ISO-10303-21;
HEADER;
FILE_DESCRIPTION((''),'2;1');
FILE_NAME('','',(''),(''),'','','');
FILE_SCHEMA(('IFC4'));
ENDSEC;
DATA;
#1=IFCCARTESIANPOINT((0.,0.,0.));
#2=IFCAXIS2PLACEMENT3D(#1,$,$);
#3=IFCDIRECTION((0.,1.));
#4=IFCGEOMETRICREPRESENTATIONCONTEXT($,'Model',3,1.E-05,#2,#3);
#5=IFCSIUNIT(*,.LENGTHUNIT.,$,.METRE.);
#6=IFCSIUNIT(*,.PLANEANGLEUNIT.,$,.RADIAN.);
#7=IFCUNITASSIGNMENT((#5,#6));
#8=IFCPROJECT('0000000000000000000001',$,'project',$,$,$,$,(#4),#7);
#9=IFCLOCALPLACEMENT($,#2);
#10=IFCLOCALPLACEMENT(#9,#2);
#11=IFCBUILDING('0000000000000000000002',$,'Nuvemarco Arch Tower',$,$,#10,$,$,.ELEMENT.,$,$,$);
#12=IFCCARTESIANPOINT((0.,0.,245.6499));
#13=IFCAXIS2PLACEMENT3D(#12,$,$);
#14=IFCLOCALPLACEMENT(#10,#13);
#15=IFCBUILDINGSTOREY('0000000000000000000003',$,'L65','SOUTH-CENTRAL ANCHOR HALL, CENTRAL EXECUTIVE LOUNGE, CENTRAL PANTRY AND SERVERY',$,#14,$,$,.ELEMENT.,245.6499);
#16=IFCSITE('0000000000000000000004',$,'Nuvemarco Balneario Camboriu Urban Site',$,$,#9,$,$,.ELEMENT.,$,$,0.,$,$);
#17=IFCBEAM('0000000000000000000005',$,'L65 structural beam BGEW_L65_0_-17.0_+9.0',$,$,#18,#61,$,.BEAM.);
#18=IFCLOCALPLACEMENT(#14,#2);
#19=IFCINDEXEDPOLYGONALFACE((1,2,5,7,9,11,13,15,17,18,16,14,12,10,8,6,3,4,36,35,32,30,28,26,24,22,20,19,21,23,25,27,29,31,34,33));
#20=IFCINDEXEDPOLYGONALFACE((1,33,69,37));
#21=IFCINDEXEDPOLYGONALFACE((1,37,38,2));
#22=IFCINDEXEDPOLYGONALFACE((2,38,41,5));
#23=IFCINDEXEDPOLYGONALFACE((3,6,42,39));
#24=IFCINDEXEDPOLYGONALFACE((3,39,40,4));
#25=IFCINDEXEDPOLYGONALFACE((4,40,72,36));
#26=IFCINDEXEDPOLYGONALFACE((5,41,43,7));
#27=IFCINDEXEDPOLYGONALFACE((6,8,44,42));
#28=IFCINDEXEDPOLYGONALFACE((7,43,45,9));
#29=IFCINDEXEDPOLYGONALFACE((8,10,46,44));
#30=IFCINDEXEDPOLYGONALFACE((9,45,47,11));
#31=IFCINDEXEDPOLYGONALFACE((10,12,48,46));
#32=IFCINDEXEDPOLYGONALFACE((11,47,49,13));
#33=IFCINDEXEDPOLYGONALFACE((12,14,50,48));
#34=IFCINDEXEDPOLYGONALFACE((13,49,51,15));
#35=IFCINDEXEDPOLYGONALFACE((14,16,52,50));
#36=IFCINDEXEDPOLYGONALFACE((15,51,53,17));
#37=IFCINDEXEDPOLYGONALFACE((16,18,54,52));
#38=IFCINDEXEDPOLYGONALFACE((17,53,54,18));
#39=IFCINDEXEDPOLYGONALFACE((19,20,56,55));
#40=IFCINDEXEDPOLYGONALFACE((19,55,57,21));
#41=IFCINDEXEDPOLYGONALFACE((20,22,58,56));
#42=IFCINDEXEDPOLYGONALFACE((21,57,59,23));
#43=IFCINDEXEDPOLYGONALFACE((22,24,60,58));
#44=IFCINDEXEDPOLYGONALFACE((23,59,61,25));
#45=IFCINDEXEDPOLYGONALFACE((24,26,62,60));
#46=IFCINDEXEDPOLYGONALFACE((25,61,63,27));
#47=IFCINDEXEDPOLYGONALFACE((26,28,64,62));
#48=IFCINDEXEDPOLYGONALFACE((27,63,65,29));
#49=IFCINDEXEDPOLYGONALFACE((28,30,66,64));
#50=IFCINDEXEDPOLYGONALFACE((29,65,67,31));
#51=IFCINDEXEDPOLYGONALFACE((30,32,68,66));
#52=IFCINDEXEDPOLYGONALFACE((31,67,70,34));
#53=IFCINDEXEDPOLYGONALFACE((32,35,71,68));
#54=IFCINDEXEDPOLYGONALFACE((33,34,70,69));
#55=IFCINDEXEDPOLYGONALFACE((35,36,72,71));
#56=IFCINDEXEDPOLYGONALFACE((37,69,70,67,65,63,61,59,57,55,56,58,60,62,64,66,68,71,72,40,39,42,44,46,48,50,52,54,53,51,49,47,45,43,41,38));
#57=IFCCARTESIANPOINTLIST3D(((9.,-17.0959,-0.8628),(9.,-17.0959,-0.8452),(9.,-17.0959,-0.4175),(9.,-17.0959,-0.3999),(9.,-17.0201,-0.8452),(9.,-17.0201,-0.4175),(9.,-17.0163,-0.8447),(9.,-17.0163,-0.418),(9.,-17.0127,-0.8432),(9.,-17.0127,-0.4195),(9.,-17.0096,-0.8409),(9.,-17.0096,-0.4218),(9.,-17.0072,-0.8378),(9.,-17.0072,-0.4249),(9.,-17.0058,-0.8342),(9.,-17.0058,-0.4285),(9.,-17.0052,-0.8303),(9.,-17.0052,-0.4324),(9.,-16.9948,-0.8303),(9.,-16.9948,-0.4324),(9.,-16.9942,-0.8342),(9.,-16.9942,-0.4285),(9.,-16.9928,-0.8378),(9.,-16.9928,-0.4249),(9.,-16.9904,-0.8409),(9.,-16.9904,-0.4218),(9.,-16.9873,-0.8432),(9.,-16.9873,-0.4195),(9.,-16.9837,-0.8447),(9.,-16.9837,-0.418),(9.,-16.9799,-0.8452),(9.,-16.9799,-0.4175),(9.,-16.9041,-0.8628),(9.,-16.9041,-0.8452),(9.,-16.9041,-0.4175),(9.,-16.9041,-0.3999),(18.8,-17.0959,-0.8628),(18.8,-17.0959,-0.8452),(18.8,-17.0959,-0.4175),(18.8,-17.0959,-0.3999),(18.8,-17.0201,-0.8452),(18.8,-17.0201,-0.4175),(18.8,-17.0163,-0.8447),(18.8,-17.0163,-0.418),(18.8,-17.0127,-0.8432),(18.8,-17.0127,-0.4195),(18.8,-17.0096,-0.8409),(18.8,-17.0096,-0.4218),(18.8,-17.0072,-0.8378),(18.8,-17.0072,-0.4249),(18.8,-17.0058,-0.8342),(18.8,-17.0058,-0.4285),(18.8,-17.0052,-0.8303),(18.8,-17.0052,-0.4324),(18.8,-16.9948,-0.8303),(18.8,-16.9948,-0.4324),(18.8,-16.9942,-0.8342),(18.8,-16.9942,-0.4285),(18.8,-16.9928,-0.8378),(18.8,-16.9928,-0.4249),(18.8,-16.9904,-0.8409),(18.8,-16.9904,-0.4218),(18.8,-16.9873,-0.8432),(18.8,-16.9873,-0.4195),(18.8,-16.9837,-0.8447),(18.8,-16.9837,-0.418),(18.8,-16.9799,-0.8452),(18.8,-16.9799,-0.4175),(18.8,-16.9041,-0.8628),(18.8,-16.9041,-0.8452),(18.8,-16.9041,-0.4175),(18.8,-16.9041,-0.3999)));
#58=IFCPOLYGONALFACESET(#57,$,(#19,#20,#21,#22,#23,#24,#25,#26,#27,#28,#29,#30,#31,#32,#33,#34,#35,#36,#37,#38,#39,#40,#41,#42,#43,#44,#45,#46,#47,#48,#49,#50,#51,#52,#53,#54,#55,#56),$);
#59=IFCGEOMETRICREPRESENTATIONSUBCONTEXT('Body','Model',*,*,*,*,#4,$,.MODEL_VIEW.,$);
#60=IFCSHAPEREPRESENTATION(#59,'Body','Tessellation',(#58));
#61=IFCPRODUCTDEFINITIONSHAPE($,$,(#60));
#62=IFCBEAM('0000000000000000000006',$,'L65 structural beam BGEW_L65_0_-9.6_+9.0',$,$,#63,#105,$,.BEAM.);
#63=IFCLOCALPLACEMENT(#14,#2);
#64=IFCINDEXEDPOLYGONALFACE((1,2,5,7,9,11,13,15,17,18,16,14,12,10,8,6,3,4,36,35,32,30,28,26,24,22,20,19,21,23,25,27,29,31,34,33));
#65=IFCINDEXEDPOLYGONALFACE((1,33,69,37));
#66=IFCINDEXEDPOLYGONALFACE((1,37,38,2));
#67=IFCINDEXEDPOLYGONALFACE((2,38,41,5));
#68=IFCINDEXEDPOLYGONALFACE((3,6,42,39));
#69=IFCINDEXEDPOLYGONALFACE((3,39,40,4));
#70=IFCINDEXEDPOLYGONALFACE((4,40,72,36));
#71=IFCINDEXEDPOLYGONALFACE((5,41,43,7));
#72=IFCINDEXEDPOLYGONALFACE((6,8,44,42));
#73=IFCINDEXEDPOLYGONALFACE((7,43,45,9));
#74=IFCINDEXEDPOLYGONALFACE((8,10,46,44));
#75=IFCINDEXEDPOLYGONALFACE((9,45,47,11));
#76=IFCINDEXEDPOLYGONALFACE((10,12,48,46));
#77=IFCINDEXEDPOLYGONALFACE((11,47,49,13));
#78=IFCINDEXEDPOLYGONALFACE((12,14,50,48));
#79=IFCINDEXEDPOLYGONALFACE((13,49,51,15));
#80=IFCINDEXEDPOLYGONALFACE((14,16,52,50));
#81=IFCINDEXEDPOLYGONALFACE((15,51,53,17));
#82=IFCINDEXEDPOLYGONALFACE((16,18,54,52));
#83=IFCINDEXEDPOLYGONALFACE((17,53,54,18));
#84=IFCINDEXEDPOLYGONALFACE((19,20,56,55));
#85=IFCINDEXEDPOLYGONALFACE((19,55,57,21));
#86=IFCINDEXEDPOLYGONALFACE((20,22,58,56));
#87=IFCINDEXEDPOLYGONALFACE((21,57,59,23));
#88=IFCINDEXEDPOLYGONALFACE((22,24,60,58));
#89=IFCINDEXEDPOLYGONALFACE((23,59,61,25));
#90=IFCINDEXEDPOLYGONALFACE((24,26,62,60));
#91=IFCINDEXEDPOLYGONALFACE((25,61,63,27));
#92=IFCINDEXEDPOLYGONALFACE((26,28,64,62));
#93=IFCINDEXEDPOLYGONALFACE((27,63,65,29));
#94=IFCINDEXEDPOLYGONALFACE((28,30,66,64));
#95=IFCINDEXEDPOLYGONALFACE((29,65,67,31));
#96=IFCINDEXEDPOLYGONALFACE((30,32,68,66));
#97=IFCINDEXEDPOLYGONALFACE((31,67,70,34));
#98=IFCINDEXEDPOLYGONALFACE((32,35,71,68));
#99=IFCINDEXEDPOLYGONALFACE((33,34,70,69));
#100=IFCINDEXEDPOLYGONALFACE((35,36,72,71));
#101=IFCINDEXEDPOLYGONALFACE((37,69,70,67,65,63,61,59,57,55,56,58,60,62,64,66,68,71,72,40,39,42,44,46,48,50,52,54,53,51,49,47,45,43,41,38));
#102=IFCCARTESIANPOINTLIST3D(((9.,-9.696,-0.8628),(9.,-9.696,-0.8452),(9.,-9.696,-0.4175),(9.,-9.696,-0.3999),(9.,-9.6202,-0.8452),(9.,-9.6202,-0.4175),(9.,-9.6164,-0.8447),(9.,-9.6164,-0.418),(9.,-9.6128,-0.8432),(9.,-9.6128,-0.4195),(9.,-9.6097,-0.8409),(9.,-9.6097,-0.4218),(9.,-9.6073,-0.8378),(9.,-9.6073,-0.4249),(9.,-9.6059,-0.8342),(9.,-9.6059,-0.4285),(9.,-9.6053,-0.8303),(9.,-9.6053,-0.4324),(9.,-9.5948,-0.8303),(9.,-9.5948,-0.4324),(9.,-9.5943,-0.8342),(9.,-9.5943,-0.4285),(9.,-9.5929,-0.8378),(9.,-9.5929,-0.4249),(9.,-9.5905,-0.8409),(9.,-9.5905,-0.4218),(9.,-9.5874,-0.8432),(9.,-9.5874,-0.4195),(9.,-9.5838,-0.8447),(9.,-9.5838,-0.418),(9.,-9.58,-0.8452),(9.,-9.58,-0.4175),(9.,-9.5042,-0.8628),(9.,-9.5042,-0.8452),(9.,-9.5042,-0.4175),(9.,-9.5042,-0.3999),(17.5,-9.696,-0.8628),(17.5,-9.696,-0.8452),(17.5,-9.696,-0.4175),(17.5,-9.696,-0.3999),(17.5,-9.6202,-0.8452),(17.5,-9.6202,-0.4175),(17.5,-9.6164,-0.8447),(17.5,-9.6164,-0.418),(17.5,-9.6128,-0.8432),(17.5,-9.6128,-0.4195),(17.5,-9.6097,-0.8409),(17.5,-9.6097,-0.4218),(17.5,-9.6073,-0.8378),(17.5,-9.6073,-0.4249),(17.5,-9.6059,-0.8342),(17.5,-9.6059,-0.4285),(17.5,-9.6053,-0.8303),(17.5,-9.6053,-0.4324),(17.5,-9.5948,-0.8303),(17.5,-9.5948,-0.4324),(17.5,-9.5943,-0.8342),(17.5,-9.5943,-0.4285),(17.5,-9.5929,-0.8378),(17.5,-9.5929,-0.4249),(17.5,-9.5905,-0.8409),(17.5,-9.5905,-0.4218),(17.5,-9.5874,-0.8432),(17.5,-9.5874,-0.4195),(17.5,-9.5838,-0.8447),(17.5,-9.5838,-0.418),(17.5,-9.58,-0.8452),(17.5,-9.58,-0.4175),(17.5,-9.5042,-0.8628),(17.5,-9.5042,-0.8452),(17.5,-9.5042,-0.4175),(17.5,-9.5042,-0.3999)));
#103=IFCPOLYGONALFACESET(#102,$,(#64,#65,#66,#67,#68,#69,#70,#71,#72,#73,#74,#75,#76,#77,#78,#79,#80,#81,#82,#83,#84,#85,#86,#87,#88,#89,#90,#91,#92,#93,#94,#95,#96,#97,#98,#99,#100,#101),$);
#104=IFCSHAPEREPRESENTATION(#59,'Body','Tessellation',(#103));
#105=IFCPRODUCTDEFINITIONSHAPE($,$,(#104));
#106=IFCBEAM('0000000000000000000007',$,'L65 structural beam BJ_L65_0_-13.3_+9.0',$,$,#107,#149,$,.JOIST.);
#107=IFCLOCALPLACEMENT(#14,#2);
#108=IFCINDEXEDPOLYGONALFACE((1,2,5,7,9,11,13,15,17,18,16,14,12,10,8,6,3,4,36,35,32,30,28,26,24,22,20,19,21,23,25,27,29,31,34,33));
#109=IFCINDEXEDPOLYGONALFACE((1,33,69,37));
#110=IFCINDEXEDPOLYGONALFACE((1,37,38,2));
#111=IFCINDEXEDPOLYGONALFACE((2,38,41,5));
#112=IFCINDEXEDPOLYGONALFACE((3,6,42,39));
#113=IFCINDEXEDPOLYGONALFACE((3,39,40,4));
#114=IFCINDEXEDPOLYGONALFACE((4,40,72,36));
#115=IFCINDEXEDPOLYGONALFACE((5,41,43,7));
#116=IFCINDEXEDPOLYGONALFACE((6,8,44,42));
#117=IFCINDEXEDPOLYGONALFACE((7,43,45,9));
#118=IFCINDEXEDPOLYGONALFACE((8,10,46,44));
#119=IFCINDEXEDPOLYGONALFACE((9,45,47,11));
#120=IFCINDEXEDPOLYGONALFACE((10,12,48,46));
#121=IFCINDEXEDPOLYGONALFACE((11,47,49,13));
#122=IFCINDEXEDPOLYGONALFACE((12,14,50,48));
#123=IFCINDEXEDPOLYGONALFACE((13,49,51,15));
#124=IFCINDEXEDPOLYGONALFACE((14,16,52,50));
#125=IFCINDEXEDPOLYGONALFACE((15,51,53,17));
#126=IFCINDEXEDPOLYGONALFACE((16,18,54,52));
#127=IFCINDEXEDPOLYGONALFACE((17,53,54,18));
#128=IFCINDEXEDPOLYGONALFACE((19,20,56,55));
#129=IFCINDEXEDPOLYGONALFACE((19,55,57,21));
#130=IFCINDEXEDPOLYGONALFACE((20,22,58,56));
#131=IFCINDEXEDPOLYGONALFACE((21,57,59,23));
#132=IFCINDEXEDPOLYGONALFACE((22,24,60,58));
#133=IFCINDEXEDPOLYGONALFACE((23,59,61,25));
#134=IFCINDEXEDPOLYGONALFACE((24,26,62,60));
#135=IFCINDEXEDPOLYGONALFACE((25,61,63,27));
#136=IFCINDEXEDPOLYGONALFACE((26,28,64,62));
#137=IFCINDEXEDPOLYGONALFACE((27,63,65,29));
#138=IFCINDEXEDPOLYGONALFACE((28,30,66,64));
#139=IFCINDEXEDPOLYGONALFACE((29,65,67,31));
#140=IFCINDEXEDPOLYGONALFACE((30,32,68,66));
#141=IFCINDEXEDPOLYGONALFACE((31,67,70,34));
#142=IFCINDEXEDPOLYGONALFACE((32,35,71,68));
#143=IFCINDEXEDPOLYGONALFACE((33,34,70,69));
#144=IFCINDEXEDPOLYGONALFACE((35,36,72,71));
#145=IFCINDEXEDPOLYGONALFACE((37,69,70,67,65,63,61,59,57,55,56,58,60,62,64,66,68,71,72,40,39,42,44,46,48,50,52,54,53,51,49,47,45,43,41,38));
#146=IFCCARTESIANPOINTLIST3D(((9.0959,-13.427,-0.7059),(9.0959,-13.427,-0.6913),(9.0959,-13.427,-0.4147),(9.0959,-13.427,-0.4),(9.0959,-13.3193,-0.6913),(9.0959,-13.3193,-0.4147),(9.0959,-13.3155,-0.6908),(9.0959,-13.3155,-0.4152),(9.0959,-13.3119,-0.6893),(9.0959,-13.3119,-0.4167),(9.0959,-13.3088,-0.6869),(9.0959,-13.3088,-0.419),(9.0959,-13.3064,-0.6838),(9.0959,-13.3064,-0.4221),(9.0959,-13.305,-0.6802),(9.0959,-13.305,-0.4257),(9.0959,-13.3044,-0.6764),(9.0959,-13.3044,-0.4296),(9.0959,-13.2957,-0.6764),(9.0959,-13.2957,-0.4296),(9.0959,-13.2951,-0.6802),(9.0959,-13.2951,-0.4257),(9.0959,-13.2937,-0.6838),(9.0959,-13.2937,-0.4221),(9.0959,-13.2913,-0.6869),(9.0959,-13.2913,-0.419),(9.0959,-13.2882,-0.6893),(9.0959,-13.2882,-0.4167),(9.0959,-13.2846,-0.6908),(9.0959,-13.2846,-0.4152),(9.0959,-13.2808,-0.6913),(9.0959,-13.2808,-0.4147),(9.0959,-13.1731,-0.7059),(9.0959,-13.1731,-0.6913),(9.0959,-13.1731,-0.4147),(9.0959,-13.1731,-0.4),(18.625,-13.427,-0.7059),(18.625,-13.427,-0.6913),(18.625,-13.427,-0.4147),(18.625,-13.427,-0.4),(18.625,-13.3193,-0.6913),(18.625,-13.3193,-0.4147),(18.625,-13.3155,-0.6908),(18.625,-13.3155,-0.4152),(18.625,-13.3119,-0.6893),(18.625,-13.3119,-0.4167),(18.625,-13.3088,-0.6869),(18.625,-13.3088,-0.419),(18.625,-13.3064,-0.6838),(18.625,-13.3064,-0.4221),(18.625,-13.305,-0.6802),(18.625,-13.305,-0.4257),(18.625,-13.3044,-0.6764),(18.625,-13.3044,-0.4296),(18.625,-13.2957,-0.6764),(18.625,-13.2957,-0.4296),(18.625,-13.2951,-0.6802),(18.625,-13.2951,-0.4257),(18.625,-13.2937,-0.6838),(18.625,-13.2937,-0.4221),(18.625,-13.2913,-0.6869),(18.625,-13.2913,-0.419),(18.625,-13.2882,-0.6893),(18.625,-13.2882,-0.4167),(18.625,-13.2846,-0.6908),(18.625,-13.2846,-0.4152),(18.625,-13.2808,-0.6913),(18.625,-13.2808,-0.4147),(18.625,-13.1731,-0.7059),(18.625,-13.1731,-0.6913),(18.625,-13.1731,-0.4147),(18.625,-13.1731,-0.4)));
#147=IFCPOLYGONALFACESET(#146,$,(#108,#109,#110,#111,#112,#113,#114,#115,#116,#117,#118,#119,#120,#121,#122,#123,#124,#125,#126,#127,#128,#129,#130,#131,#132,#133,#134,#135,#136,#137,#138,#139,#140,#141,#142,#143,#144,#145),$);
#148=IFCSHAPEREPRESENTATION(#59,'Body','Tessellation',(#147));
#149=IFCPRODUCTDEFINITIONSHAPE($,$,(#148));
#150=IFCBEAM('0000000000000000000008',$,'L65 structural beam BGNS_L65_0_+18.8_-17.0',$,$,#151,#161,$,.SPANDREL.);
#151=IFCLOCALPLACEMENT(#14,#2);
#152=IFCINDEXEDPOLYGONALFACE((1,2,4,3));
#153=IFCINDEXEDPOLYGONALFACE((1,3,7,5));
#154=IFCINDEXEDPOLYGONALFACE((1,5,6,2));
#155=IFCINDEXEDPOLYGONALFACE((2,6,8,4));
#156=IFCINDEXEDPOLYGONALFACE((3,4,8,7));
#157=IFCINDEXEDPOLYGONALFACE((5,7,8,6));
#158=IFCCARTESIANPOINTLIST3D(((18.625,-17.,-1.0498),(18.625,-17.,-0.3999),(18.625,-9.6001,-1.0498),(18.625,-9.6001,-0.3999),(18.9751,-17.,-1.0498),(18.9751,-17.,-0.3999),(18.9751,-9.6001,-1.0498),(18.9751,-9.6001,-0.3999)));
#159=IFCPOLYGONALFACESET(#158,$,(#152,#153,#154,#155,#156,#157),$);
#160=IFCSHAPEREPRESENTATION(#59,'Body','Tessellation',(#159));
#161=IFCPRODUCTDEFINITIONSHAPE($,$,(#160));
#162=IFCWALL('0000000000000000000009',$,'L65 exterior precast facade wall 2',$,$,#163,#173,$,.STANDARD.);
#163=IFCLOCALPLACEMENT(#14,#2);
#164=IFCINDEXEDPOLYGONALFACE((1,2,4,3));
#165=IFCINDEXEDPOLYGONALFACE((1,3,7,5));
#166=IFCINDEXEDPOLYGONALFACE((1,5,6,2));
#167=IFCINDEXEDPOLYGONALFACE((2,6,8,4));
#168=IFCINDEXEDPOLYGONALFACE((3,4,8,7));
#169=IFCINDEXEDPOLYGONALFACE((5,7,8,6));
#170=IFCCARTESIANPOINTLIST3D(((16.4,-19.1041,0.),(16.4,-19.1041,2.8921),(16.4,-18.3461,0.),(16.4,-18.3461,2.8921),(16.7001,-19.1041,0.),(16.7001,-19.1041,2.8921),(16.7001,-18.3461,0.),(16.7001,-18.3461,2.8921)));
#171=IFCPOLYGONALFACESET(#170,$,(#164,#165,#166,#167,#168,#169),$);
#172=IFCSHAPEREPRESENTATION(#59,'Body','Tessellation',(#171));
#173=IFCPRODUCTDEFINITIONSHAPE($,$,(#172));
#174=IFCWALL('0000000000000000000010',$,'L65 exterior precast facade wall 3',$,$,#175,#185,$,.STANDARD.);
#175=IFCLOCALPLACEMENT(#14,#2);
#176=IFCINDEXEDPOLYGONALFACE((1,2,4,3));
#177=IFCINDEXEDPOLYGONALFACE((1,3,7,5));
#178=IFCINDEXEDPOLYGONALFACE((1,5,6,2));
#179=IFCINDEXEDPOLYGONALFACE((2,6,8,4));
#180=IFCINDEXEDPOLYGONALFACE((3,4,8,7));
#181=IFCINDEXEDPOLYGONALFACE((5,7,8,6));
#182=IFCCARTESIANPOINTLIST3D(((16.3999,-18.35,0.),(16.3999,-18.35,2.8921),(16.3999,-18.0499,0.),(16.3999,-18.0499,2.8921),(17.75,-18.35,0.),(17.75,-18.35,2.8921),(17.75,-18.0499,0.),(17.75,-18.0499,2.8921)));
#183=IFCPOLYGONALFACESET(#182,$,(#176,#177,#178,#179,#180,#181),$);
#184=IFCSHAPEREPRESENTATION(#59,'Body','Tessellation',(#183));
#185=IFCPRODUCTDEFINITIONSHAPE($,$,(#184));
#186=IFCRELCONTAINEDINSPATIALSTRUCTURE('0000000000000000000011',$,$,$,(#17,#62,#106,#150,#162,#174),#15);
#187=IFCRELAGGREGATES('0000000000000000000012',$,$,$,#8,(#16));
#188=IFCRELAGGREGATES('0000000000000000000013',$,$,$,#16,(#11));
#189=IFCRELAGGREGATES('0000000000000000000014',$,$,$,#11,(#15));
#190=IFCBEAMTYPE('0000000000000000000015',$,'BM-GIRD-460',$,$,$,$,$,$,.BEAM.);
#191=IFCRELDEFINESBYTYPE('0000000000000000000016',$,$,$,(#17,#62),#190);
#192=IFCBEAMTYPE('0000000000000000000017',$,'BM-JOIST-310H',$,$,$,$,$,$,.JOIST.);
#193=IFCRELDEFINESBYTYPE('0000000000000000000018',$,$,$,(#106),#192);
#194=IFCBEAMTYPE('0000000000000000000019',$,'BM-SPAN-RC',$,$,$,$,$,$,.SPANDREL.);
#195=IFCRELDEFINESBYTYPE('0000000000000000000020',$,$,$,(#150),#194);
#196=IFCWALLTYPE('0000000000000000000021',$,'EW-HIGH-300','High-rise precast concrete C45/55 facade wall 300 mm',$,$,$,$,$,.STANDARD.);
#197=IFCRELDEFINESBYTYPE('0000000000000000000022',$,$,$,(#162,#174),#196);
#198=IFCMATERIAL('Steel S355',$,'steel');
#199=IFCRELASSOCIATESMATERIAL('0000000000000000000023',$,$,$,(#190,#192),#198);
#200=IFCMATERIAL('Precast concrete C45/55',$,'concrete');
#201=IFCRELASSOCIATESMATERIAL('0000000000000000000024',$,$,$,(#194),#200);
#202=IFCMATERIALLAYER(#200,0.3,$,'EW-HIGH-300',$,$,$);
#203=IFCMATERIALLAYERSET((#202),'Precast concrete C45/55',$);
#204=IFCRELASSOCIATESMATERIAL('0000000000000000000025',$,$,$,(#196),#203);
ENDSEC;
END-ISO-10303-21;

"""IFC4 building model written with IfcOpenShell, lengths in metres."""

from ifc_helpers import new_model, si_unit, direction, frame, frame_2d, origin, origin_2d, place, context, subcontext, project, spatial, rectangle, i_section, extrude, material, layer, layer_set, material_profile, profile_set, type_object, element, save


model = new_model("IFC4")

# Units and contexts
model_context = context("Model", 3, precision=1e-05, world=origin(), true_north=direction((0.0, 1.0)))
body_context = subcontext(model_context, "Body", "Model", "MODEL_VIEW")
ifc_project = project(units=[si_unit("LENGTHUNIT", "METRE"), si_unit("PLANEANGLEUNIT", "RADIAN")], contexts=[model_context])

# Site, building, storey
site_placement = place(None, origin())
site = spatial("IfcSite", under=ifc_project, at=site_placement, Name="Nuvemarco Balneario Camboriu Urban Site", CompositionType="ELEMENT", RefElevation=0.0)
building_placement = place(site_placement, origin())
building = spatial("IfcBuilding", under=site, at=building_placement, Name="Nuvemarco Arch Tower", CompositionType="ELEMENT")
storey_placement = place(building_placement, frame((0.0, 0.0, 245.6499)))
storey = spatial("IfcBuildingStorey", under=building, at=storey_placement, Name="L65", Description="SOUTH-CENTRAL ANCHOR HALL, CENTRAL EXECUTIVE LOUNGE, CENTRAL PANTRY AND SERVERY", CompositionType="ELEMENT", Elevation=245.6499)

# Shared definitions
ifc_material_1 = material(Name="Steel S355", Category="steel")

# Beams
ifc_material_profile_1 = material_profile(ifc_material_1, i_section(OverallWidth=0.1919, OverallDepth=0.4629, WebThickness=0.0105, FlangeThickness=0.0176, FilletRadius=0.0149, at=origin_2d()), Name="W460x89")
ifc_profile_set_1 = profile_set([ifc_material_profile_1], Name="Steel S355")
beam_type_1 = type_object("IfcBeamType", Name="BM-GIRD-460", PredefinedType="BEAM", material=ifc_profile_set_1)
beam_1_placement = place(storey_placement, frame((9.0, -17.0, -0.6313), z_axis=(1.0, 0.0, 0.0), x_axis=(0.0, 1.0, 0.0)))
element("IfcBeam", 1, at=beam_1_placement, inside=storey, type_object=beam_type_1, Name="L65 structural beam BGEW_L65_0_-17.0_+9.0", PredefinedType="BEAM", context=body_context, shape_type="SweptSolid", body=[
    extrude(i_section(OverallWidth=0.1919, OverallDepth=0.4629, WebThickness=0.0105, FlangeThickness=0.0176, FilletRadius=0.0149, at=origin_2d()), origin(), (0.0, 0.0, 1.0), 9.8),
])
beam_2_placement = place(storey_placement, frame((9.0, -9.6001, -0.6313), z_axis=(1.0, 0.0, 0.0), x_axis=(0.0, 1.0, 0.0)))
element("IfcBeam", 2, at=beam_2_placement, inside=storey, type_object=beam_type_1, Name="L65 structural beam BGEW_L65_0_-9.6_+9.0", PredefinedType="BEAM", context=body_context, shape_type="SweptSolid", body=[
    extrude(i_section(OverallWidth=0.1919, OverallDepth=0.4629, WebThickness=0.0105, FlangeThickness=0.0176, FilletRadius=0.0149, at=origin_2d()), origin(), (0.0, 0.0, 1.0), 8.5),
])
ifc_material_profile_2 = material_profile(ifc_material_1, i_section(OverallWidth=0.2539, OverallDepth=0.3059, WebThickness=0.0088, FlangeThickness=0.0146, FilletRadius=0.0149, at=origin_2d()), Name="W310x79")
ifc_profile_set_2 = profile_set([ifc_material_profile_2], Name="Steel S355")
beam_type_2 = type_object("IfcBeamType", Name="BM-JOIST-310H", PredefinedType="JOIST", material=ifc_profile_set_2)
beam_3_placement = place(storey_placement, frame((9.0959, -13.3, -0.553), z_axis=(1.0, 0.0, 0.0), x_axis=(0.0, 1.0, 0.0)))
element("IfcBeam", 3, at=beam_3_placement, inside=storey, type_object=beam_type_2, Name="L65 structural beam BJ_L65_0_-13.3_+9.0", PredefinedType="JOIST", context=body_context, shape_type="SweptSolid", body=[
    extrude(i_section(OverallWidth=0.2539, OverallDepth=0.3059, WebThickness=0.0088, FlangeThickness=0.0146, FilletRadius=0.0149, at=origin_2d()), origin(), (0.0, 0.0, 1.0), 9.5291),
])
ifc_material_2 = material(Name="Precast concrete C45/55", Category="concrete")
ifc_material_profile_3 = material_profile(ifc_material_2, rectangle(XDim=0.3501, YDim=0.6499, at=origin_2d()), Name="PC-SP-350x650")
ifc_profile_set_3 = profile_set([ifc_material_profile_3], Name="Precast concrete C45/55")
beam_type_3 = type_object("IfcBeamType", Name="BM-SPAN-RC", PredefinedType="SPANDREL", material=ifc_profile_set_3)
beam_4_placement = place(storey_placement, frame((18.8, -17.0, -0.7249), z_axis=(0.0, 1.0, 0.0), x_axis=(-1.0, 0.0, 0.0)))
element("IfcBeam", 4, at=beam_4_placement, inside=storey, type_object=beam_type_3, Name="L65 structural beam BGNS_L65_0_+18.8_-17.0", PredefinedType="SPANDREL", context=body_context, shape_type="SweptSolid", body=[
    extrude(rectangle(XDim=0.3501, YDim=0.6499, at=origin_2d()), origin(), (0.0, 0.0, 1.0), 7.3999),
])

# Walls
ifc_layer_1 = layer(ifc_material_2, 0.3, Name="EW-HIGH-300")
ifc_layer_set_1 = layer_set([ifc_layer_1], Name="Precast concrete C45/55")
wall_type_1 = type_object("IfcWallType", Name="EW-HIGH-300", Description="High-rise precast concrete C45/55 facade wall 300 mm", PredefinedType="STANDARD", material=ifc_layer_set_1)
wall_1_placement = place(storey_placement, frame((16.55, -19.104, 0.0), z_axis=(0.0, 0.0, 1.0), x_axis=(0.0, 1.0, 0.0)))
element("IfcWall", 5, at=wall_1_placement, inside=storey, type_object=wall_type_1, Name="L65 exterior precast facade wall 2", PredefinedType="STANDARD", context=body_context, shape_type="SweptSolid", body=[
    extrude(rectangle(XDim=0.7581, YDim=0.3, at=frame_2d((0.3789, 0.0))), origin(), (0.0, 0.0, 1.0), 2.8921),
])
wall_2_placement = place(storey_placement, frame((16.3999, -18.2, 0.0), z_axis=(0.0, 0.0, 1.0), x_axis=(1.0, 0.0, 0.0)))
element("IfcWall", 6, at=wall_2_placement, inside=storey, type_object=wall_type_1, Name="L65 exterior precast facade wall 3", PredefinedType="STANDARD", context=body_context, shape_type="SweptSolid", body=[
    extrude(rectangle(XDim=1.3501, YDim=0.3, at=frame_2d((0.675, 0.0))), origin(), (0.0, 0.0, 1.0), 2.8921),
])

save(model, "model.ifc")
